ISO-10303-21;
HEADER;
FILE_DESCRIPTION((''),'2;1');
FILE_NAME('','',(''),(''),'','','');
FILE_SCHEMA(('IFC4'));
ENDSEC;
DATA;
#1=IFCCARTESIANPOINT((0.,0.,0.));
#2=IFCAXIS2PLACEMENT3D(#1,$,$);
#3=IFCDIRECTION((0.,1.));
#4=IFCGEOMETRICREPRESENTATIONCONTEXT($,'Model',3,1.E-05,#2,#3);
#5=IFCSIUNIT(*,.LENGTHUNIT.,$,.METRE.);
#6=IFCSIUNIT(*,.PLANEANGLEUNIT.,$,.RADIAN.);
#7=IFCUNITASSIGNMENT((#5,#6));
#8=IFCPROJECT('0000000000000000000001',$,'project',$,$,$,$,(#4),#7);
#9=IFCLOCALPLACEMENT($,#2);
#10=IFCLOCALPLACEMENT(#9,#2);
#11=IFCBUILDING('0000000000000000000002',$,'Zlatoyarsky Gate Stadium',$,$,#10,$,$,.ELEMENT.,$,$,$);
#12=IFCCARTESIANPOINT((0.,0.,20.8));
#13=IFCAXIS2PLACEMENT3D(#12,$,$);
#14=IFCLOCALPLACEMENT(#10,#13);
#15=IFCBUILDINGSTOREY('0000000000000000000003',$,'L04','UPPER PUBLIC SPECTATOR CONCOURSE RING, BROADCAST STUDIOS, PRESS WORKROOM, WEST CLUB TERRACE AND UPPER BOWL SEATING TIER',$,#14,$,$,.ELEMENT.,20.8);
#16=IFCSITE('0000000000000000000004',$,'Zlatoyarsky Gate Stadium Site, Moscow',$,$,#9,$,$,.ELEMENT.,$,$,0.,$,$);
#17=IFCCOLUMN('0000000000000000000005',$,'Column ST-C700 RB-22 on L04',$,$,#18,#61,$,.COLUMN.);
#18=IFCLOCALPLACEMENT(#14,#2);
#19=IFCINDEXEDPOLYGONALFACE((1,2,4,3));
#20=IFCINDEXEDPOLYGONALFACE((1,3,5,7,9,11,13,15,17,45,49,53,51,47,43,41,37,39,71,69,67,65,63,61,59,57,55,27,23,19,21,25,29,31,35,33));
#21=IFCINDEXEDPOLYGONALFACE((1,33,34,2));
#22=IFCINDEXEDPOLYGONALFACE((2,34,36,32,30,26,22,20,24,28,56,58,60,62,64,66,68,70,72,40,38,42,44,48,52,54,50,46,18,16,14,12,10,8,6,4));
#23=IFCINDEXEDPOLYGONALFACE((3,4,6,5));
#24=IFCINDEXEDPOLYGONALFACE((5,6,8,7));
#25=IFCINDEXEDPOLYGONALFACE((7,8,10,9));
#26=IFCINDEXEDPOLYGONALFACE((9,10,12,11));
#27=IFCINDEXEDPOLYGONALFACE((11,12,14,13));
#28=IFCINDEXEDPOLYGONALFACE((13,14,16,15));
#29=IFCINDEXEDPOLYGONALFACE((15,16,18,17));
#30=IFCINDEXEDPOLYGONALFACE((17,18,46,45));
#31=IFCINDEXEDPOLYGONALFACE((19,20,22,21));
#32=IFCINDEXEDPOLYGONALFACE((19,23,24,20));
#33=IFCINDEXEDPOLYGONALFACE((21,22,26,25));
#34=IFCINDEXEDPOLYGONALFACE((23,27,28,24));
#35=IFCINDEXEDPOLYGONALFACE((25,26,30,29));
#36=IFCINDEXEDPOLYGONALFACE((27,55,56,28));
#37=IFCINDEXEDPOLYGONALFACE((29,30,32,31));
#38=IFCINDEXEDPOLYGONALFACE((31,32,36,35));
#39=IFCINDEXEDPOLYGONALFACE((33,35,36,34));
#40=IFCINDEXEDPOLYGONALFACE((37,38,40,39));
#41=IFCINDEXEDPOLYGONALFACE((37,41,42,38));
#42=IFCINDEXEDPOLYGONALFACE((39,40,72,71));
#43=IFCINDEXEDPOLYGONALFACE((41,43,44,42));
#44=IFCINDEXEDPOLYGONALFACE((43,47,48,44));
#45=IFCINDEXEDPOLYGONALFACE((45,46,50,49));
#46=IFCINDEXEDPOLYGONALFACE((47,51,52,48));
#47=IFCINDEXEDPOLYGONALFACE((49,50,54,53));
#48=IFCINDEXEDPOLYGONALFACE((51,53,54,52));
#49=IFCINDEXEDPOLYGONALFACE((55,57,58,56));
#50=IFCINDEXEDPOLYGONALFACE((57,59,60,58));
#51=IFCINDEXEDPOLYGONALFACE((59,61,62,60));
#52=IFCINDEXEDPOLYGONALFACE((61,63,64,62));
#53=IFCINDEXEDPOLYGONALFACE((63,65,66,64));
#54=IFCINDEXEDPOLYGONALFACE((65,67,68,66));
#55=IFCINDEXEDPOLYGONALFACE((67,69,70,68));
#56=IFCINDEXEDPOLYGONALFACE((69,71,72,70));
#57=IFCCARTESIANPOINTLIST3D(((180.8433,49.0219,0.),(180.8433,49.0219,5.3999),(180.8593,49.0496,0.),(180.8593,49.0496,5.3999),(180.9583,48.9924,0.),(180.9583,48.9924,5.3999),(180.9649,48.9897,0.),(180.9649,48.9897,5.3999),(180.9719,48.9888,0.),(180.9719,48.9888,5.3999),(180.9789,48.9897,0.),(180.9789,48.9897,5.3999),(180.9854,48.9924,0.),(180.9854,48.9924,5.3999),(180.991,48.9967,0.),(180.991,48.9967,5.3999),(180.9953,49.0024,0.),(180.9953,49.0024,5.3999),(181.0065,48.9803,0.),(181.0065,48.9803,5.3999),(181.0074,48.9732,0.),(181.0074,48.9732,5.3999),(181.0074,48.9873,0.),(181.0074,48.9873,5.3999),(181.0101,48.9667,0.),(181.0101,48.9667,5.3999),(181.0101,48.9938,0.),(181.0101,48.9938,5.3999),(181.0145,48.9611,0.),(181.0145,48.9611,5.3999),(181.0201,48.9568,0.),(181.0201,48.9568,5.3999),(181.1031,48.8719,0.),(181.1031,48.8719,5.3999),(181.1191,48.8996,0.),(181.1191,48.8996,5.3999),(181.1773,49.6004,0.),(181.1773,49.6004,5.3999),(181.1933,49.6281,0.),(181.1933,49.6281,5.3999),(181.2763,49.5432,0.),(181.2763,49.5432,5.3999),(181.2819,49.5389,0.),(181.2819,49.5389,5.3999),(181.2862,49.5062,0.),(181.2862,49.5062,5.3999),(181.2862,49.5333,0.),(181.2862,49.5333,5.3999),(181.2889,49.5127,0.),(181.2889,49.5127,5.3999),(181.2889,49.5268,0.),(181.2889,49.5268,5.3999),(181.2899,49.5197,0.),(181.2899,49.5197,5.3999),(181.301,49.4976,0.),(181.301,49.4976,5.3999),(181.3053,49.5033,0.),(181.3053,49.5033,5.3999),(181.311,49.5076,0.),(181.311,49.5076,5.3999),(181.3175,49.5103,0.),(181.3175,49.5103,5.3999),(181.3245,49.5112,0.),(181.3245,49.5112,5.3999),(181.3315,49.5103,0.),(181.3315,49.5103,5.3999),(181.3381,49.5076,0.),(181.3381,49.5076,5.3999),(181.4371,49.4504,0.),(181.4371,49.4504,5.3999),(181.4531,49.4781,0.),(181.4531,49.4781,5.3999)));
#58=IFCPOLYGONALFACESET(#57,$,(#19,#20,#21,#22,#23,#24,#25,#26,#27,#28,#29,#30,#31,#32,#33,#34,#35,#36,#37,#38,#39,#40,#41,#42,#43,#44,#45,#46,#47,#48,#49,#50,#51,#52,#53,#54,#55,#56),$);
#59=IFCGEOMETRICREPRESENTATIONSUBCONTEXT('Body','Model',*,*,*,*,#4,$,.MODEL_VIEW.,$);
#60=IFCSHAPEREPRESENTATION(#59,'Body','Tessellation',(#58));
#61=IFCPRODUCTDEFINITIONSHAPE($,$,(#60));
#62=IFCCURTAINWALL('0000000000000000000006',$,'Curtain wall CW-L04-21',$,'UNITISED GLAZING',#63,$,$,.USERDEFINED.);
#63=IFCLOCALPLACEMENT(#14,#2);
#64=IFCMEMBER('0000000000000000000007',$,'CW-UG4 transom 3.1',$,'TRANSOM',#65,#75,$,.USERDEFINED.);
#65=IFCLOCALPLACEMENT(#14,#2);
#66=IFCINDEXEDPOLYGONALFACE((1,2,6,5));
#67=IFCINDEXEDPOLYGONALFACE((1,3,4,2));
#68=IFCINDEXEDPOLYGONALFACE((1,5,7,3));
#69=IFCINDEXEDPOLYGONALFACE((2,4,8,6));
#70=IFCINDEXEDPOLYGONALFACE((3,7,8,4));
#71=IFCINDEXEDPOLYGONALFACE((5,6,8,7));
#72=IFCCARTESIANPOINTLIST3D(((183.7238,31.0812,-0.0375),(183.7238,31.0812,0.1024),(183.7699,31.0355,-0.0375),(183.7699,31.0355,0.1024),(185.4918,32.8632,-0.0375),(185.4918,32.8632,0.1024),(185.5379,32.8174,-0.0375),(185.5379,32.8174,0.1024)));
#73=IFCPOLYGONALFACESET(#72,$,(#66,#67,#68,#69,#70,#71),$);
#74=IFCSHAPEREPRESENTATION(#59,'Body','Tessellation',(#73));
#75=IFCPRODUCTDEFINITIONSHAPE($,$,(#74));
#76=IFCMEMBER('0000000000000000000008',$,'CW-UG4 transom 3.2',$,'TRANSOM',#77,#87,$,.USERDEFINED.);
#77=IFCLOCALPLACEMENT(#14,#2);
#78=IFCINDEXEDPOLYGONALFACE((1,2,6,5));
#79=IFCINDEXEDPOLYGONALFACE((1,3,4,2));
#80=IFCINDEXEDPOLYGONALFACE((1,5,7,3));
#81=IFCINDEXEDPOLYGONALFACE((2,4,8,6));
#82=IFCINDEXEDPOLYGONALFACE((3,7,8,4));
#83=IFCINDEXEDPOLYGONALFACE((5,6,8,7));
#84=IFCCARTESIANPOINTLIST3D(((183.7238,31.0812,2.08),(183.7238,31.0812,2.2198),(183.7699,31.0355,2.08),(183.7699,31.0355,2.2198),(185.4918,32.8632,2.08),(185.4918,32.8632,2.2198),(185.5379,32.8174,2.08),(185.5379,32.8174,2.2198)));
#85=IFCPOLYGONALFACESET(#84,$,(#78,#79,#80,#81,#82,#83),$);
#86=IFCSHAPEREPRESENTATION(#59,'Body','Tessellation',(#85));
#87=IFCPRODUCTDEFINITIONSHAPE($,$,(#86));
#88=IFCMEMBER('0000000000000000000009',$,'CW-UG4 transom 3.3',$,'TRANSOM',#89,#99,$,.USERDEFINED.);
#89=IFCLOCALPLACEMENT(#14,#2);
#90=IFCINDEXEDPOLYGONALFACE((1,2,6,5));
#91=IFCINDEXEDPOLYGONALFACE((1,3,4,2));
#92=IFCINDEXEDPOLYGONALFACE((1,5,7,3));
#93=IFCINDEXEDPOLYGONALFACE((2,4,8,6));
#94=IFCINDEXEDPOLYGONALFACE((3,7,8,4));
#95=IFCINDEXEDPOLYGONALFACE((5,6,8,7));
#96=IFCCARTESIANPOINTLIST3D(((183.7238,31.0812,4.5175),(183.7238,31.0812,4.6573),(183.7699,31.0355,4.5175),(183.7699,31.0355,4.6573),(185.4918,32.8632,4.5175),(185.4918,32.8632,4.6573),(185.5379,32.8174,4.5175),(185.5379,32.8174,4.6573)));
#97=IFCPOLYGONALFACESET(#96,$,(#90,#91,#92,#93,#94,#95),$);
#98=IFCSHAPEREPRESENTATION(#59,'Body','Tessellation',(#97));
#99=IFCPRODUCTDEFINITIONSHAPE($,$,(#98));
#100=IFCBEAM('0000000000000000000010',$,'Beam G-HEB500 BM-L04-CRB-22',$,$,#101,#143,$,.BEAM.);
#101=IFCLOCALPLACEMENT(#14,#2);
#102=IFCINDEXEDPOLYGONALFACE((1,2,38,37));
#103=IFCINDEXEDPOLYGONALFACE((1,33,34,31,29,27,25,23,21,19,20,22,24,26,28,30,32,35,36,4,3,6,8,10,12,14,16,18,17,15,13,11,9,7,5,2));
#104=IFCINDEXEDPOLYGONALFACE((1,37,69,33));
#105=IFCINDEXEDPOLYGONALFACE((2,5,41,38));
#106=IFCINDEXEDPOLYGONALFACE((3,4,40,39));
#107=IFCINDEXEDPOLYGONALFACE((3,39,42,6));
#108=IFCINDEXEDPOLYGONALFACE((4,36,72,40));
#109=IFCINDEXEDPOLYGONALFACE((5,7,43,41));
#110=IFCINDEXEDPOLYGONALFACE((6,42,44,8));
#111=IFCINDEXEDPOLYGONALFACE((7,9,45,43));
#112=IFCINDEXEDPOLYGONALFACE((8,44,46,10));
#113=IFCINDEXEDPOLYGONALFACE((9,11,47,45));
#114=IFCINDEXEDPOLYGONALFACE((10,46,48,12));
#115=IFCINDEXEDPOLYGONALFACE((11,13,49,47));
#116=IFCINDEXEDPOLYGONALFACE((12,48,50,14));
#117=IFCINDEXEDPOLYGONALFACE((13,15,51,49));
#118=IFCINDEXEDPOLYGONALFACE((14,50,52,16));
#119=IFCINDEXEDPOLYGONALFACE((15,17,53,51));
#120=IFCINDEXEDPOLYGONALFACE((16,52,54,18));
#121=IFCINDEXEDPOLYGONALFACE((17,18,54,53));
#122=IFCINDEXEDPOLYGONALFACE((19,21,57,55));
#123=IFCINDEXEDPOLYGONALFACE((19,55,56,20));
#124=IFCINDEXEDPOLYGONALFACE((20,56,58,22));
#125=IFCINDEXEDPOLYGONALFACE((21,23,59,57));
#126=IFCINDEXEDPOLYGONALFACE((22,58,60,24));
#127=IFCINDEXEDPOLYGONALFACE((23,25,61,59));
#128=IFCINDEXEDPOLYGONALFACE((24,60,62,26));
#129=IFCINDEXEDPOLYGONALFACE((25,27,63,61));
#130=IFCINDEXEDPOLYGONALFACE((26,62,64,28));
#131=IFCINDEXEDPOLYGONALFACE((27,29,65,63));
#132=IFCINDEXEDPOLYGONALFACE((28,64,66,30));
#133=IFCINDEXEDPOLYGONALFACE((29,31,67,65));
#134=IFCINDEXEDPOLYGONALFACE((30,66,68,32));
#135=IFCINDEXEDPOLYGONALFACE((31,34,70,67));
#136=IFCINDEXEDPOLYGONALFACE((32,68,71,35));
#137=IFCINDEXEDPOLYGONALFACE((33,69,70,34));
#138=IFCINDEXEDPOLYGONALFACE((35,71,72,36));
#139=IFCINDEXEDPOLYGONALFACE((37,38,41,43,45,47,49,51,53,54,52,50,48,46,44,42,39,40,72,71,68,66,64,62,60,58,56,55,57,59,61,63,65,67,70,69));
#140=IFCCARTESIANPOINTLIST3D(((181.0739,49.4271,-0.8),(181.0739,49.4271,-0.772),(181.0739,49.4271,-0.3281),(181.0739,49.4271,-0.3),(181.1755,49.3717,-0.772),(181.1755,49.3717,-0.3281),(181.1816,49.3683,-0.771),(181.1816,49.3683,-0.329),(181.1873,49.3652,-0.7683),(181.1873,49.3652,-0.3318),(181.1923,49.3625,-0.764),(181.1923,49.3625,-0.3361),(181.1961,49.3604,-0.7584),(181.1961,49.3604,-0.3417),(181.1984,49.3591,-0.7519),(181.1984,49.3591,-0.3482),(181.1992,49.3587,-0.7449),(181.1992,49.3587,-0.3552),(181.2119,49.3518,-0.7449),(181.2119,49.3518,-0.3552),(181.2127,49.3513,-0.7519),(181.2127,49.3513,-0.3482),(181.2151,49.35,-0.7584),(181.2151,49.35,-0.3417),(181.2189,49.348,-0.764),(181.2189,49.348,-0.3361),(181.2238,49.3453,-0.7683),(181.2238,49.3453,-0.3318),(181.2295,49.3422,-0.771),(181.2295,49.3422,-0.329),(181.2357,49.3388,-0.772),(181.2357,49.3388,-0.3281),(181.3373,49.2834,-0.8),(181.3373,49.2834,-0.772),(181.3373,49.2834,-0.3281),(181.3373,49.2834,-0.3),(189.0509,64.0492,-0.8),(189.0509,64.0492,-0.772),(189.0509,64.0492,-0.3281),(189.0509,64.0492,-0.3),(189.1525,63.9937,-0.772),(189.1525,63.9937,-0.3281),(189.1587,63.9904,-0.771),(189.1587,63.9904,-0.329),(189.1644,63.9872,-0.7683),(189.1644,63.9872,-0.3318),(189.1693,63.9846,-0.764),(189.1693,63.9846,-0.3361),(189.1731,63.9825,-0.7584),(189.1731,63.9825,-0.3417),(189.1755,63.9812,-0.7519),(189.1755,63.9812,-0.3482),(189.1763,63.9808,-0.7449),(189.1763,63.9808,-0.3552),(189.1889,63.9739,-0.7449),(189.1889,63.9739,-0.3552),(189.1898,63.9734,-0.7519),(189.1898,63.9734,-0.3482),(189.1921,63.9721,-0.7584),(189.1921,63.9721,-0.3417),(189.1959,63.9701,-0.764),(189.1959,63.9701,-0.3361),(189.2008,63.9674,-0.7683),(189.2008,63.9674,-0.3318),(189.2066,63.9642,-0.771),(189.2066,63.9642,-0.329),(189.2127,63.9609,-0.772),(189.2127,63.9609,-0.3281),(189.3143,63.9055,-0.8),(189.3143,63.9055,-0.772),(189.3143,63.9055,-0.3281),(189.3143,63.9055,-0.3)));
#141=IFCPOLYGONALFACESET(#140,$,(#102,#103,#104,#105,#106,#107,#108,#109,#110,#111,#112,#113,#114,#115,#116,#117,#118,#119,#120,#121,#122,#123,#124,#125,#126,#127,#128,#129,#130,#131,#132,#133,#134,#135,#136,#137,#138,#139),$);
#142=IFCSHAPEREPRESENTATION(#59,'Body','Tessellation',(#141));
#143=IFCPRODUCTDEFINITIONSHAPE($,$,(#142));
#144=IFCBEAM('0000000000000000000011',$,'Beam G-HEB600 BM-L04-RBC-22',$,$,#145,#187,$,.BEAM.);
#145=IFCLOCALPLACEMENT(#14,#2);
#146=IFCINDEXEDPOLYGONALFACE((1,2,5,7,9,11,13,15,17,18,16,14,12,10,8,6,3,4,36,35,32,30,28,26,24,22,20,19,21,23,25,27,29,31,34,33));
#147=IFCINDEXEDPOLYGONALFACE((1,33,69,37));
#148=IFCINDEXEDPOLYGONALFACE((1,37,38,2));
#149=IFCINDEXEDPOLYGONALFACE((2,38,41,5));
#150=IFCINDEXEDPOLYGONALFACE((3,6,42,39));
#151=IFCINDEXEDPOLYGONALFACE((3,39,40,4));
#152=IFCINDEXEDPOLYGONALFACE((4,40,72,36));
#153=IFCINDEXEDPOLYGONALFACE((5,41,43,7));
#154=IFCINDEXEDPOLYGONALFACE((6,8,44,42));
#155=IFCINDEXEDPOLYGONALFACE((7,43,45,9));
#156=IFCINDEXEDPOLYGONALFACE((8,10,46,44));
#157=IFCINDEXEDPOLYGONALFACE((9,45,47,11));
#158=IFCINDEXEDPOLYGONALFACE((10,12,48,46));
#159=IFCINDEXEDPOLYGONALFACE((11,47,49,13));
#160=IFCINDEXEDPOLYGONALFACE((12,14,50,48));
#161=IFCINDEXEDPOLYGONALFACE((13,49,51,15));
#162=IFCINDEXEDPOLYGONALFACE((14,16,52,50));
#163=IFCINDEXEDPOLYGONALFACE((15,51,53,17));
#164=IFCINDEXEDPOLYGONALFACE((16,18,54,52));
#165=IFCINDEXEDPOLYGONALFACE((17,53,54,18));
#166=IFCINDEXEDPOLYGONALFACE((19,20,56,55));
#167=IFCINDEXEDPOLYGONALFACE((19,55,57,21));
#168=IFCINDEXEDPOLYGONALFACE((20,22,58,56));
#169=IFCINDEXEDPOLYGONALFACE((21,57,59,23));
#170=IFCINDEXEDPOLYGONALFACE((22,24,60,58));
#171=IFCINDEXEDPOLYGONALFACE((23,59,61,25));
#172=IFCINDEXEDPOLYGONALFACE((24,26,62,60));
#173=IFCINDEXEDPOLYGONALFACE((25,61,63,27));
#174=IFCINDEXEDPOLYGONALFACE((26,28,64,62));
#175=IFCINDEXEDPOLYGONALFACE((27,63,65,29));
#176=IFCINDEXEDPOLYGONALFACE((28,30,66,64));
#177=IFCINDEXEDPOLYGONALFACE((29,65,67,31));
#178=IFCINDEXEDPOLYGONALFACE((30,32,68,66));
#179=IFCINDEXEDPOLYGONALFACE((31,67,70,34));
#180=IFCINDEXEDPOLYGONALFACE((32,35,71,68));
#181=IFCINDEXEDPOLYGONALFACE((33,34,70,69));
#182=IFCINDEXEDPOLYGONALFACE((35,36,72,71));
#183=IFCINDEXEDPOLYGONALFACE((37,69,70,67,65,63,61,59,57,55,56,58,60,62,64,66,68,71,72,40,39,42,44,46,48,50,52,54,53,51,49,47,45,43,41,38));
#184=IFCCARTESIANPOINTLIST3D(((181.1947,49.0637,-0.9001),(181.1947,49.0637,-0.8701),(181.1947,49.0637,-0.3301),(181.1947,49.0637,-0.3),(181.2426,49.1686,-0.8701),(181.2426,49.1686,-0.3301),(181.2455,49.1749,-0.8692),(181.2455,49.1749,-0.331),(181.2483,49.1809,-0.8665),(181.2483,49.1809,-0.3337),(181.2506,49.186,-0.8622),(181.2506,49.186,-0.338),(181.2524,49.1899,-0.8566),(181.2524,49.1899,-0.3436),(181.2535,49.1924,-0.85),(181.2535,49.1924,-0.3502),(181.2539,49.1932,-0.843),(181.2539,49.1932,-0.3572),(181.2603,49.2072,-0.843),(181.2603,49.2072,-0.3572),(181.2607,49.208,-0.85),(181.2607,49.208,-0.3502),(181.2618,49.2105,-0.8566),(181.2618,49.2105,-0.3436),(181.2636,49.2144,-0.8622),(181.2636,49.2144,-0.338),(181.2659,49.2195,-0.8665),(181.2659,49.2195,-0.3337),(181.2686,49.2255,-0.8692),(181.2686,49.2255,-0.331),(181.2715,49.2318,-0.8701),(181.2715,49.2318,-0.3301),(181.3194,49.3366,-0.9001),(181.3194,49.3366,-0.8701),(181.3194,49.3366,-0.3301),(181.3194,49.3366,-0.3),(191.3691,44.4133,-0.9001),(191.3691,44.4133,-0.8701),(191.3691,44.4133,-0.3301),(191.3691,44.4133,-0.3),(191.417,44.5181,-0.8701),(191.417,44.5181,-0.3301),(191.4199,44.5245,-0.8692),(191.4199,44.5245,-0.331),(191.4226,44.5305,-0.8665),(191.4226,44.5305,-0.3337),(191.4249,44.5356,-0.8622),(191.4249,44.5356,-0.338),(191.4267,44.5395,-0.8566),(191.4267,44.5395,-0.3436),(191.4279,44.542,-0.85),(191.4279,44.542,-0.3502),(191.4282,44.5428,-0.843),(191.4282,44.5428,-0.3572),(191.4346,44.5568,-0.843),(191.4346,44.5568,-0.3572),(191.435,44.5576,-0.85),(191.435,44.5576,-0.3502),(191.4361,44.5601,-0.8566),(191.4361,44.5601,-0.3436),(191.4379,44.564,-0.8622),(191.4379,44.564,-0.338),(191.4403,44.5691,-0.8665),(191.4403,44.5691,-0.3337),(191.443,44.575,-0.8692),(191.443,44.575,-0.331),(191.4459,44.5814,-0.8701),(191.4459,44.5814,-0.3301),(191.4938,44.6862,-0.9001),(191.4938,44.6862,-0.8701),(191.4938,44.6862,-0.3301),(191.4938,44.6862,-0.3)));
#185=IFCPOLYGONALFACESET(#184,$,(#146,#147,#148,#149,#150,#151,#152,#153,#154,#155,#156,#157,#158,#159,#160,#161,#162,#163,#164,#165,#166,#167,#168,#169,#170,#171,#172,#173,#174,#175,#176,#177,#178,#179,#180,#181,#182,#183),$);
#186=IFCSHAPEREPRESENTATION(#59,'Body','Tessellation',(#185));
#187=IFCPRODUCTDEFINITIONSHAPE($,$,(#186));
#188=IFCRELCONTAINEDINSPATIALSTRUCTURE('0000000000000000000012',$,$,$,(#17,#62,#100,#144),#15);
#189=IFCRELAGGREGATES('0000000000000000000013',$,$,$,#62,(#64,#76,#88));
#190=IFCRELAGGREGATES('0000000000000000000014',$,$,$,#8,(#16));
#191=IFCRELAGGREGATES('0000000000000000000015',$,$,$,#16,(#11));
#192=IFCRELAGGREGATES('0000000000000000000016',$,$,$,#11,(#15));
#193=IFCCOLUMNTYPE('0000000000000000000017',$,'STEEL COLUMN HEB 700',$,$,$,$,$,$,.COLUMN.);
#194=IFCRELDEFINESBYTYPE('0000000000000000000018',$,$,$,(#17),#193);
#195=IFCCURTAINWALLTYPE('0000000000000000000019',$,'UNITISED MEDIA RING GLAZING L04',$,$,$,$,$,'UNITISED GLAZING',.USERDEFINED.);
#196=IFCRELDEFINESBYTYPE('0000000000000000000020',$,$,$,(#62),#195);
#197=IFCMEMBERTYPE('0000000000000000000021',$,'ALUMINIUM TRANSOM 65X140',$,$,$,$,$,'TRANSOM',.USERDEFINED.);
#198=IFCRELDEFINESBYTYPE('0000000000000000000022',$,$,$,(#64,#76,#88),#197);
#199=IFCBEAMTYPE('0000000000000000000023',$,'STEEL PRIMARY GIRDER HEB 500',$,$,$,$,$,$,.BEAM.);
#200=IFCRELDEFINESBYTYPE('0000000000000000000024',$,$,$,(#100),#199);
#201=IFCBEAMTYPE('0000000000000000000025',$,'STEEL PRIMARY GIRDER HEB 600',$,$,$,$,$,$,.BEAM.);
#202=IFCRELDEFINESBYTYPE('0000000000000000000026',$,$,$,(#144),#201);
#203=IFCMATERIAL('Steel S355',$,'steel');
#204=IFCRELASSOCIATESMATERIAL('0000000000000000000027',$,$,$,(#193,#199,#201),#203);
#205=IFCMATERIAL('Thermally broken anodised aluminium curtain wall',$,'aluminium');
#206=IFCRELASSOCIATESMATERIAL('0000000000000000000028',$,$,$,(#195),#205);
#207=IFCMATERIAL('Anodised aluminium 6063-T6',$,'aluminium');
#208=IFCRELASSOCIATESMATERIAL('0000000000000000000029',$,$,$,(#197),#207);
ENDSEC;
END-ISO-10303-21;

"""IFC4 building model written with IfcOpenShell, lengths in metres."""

from ifc_helpers import new_model, si_unit, direction, frame, origin, origin_2d, place, context, subcontext, project, spatial, rectangle, i_section, extrude, material, material_profile, profile_set, type_object, element, aggregate, save


model = new_model("IFC4")

# Units and contexts
model_context = context("Model", 3, precision=1e-05, world=origin(), true_north=direction((0.0, 1.0)))
body_context = subcontext(model_context, "Body", "Model", "MODEL_VIEW")
ifc_project = project(units=[si_unit("LENGTHUNIT", "METRE"), si_unit("PLANEANGLEUNIT", "RADIAN")], contexts=[model_context])

# Site, building, storey
site_placement = place(None, origin())
site = spatial("IfcSite", under=ifc_project, at=site_placement, Name="Zlatoyarsky Gate Stadium Site, Moscow", CompositionType="ELEMENT", RefElevation=0.0)
building_placement = place(site_placement, origin())
building = spatial("IfcBuilding", under=site, at=building_placement, Name="Zlatoyarsky Gate Stadium", CompositionType="ELEMENT")
storey_placement = place(building_placement, frame((0.0, 0.0, 20.8)))
storey = spatial("IfcBuildingStorey", under=building, at=storey_placement, Name="L04", Description="UPPER PUBLIC SPECTATOR CONCOURSE RING, BROADCAST STUDIOS, PRESS WORKROOM, WEST CLUB TERRACE AND UPPER BOWL SEATING TIER", CompositionType="ELEMENT", Elevation=20.8)

# Column
ifc_material_1 = material(Name="Steel S355", Category="steel")
ifc_material_profile_1 = material_profile(ifc_material_1, i_section(OverallWidth=0.3, OverallDepth=0.7, WebThickness=0.0171, FlangeThickness=0.032, FilletRadius=0.0271, at=origin_2d()), Name="HEB 700")
ifc_profile_set_1 = profile_set([ifc_material_profile_1], Name="Steel S355")
column_type = type_object("IfcColumnType", Name="STEEL COLUMN HEB 700", PredefinedType="COLUMN", material=ifc_profile_set_1)
column_placement = place(storey_placement, frame((181.1482, 49.25, 0.0), z_axis=(0.0, 0.0, 1.0), x_axis=(0.866025, -0.5, 0.0)))
element("IfcColumn", 1, at=column_placement, inside=storey, type_object=column_type, Name="Column ST-C700 RB-22 on L04", PredefinedType="COLUMN", context=body_context, shape_type="SweptSolid", body=[
    extrude(i_section(OverallWidth=0.3, OverallDepth=0.7, WebThickness=0.0171, FlangeThickness=0.032, FilletRadius=0.0271, at=origin_2d()), origin(), (0.0, 0.0, 1.0), 5.3999),
])

# Curtain wall, members
ifc_material_2 = material(Name="Thermally broken anodised aluminium curtain wall", Category="aluminium")
curtain_wall_type = type_object("IfcCurtainWallType", Name="UNITISED MEDIA RING GLAZING L04", ElementType="UNITISED GLAZING", PredefinedType="USERDEFINED", material=ifc_material_2)
curtain_wall_placement = place(storey_placement, origin())
curtain_wall = element("IfcCurtainWall", 2, at=curtain_wall_placement, inside=storey, type_object=curtain_wall_type, Name="Curtain wall CW-L04-21", ObjectType="UNITISED GLAZING", PredefinedType="USERDEFINED")
ifc_material_3 = material(Name="Anodised aluminium 6063-T6", Category="aluminium")
ifc_material_profile_2 = material_profile(ifc_material_3, rectangle(XDim=0.0649, YDim=0.1399, at=origin_2d()), Name="ALU 65X140")
ifc_profile_set_2 = profile_set([ifc_material_profile_2], Name="Anodised aluminium 6063-T6")
member_type = type_object("IfcMemberType", Name="ALUMINIUM TRANSOM 65X140", ElementType="TRANSOM", PredefinedType="USERDEFINED", material=ifc_profile_set_2)
member_1_placement = place(storey_placement, frame((183.7468, 31.0583, 0.0325), z_axis=(0.70433, 0.709873, 0.0), x_axis=(-0.709873, 0.70433, 0.0)))
member_1 = element("IfcMember", 3, at=member_1_placement, type_object=member_type, Name="CW-UG4 transom 3.1", ObjectType="TRANSOM", PredefinedType="USERDEFINED", context=body_context, shape_type="SweptSolid", body=[
    extrude(rectangle(XDim=0.0649, YDim=0.1399, at=origin_2d()), origin(), (0.0, 0.0, 1.0), 2.5103),
])
member_2_placement = place(storey_placement, frame((183.7468, 31.0583, 2.1499), z_axis=(0.70433, 0.709873, 0.0), x_axis=(-0.709873, 0.70433, 0.0)))
member_2 = element("IfcMember", 4, at=member_2_placement, type_object=member_type, Name="CW-UG4 transom 3.2", ObjectType="TRANSOM", PredefinedType="USERDEFINED", context=body_context, shape_type="SweptSolid", body=[
    extrude(rectangle(XDim=0.0649, YDim=0.1399, at=origin_2d()), origin(), (0.0, 0.0, 1.0), 2.5103),
])
member_3_placement = place(storey_placement, frame((183.7468, 31.0583, 4.5874), z_axis=(0.70433, 0.709873, 0.0), x_axis=(-0.709873, 0.70433, 0.0)))
member_3 = element("IfcMember", 5, at=member_3_placement, type_object=member_type, Name="CW-UG4 transom 3.3", ObjectType="TRANSOM", PredefinedType="USERDEFINED", context=body_context, shape_type="SweptSolid", body=[
    extrude(rectangle(XDim=0.0649, YDim=0.1399, at=origin_2d()), origin(), (0.0, 0.0, 1.0), 2.5103),
])
aggregate(curtain_wall, [member_1, member_2, member_3])

# Beams
ifc_material_profile_3 = material_profile(ifc_material_1, i_section(OverallWidth=0.3, OverallDepth=0.5, WebThickness=0.0144, FlangeThickness=0.0281, FilletRadius=0.0271, at=origin_2d()), Name="HEB 500")
ifc_profile_set_3 = profile_set([ifc_material_profile_3], Name="Steel S355")
beam_type_1 = type_object("IfcBeamType", Name="STEEL PRIMARY GIRDER HEB 500", PredefinedType="BEAM", material=ifc_profile_set_3)
beam_1_placement = place(storey_placement, frame((181.2056, 49.3552, -0.55), z_axis=(0.478916, 0.877861, 0.0), x_axis=(-0.877861, 0.478916, 0.0)))
element("IfcBeam", 6, at=beam_1_placement, inside=storey, type_object=beam_type_1, Name="Beam G-HEB500 BM-L04-CRB-22", PredefinedType="BEAM", context=body_context, shape_type="SweptSolid", body=[
    extrude(i_section(OverallWidth=0.3, OverallDepth=0.5, WebThickness=0.0144, FlangeThickness=0.0281, FilletRadius=0.0271, at=origin_2d()), origin(), (0.0, 0.0, 1.0), 16.6565),
])
ifc_material_profile_4 = material_profile(ifc_material_1, i_section(OverallWidth=0.3, OverallDepth=0.6001, WebThickness=0.0154, FlangeThickness=0.03, FilletRadius=0.0271, at=origin_2d()), Name="HEB 600")
ifc_profile_set_4 = profile_set([ifc_material_profile_4], Name="Steel S355")
beam_type_2 = type_object("IfcBeamType", Name="STEEL PRIMARY GIRDER HEB 600", PredefinedType="BEAM", material=ifc_profile_set_4)
beam_2_placement = place(storey_placement, frame((181.2571, 49.2002, -0.6001), z_axis=(0.909499, -0.415706, 0.0), x_axis=(0.415706, 0.909499, 0.0)))
element("IfcBeam", 7, at=beam_2_placement, inside=storey, type_object=beam_type_2, Name="Beam G-HEB600 BM-L04-RBC-22", PredefinedType="BEAM", context=body_context, shape_type="SweptSolid", body=[
    extrude(i_section(OverallWidth=0.3, OverallDepth=0.6001, WebThickness=0.0154, FlangeThickness=0.03, FilletRadius=0.0271, at=origin_2d()), origin(), (0.0, 0.0, 1.0), 11.1868),
])

save(model, "model.ifc")
